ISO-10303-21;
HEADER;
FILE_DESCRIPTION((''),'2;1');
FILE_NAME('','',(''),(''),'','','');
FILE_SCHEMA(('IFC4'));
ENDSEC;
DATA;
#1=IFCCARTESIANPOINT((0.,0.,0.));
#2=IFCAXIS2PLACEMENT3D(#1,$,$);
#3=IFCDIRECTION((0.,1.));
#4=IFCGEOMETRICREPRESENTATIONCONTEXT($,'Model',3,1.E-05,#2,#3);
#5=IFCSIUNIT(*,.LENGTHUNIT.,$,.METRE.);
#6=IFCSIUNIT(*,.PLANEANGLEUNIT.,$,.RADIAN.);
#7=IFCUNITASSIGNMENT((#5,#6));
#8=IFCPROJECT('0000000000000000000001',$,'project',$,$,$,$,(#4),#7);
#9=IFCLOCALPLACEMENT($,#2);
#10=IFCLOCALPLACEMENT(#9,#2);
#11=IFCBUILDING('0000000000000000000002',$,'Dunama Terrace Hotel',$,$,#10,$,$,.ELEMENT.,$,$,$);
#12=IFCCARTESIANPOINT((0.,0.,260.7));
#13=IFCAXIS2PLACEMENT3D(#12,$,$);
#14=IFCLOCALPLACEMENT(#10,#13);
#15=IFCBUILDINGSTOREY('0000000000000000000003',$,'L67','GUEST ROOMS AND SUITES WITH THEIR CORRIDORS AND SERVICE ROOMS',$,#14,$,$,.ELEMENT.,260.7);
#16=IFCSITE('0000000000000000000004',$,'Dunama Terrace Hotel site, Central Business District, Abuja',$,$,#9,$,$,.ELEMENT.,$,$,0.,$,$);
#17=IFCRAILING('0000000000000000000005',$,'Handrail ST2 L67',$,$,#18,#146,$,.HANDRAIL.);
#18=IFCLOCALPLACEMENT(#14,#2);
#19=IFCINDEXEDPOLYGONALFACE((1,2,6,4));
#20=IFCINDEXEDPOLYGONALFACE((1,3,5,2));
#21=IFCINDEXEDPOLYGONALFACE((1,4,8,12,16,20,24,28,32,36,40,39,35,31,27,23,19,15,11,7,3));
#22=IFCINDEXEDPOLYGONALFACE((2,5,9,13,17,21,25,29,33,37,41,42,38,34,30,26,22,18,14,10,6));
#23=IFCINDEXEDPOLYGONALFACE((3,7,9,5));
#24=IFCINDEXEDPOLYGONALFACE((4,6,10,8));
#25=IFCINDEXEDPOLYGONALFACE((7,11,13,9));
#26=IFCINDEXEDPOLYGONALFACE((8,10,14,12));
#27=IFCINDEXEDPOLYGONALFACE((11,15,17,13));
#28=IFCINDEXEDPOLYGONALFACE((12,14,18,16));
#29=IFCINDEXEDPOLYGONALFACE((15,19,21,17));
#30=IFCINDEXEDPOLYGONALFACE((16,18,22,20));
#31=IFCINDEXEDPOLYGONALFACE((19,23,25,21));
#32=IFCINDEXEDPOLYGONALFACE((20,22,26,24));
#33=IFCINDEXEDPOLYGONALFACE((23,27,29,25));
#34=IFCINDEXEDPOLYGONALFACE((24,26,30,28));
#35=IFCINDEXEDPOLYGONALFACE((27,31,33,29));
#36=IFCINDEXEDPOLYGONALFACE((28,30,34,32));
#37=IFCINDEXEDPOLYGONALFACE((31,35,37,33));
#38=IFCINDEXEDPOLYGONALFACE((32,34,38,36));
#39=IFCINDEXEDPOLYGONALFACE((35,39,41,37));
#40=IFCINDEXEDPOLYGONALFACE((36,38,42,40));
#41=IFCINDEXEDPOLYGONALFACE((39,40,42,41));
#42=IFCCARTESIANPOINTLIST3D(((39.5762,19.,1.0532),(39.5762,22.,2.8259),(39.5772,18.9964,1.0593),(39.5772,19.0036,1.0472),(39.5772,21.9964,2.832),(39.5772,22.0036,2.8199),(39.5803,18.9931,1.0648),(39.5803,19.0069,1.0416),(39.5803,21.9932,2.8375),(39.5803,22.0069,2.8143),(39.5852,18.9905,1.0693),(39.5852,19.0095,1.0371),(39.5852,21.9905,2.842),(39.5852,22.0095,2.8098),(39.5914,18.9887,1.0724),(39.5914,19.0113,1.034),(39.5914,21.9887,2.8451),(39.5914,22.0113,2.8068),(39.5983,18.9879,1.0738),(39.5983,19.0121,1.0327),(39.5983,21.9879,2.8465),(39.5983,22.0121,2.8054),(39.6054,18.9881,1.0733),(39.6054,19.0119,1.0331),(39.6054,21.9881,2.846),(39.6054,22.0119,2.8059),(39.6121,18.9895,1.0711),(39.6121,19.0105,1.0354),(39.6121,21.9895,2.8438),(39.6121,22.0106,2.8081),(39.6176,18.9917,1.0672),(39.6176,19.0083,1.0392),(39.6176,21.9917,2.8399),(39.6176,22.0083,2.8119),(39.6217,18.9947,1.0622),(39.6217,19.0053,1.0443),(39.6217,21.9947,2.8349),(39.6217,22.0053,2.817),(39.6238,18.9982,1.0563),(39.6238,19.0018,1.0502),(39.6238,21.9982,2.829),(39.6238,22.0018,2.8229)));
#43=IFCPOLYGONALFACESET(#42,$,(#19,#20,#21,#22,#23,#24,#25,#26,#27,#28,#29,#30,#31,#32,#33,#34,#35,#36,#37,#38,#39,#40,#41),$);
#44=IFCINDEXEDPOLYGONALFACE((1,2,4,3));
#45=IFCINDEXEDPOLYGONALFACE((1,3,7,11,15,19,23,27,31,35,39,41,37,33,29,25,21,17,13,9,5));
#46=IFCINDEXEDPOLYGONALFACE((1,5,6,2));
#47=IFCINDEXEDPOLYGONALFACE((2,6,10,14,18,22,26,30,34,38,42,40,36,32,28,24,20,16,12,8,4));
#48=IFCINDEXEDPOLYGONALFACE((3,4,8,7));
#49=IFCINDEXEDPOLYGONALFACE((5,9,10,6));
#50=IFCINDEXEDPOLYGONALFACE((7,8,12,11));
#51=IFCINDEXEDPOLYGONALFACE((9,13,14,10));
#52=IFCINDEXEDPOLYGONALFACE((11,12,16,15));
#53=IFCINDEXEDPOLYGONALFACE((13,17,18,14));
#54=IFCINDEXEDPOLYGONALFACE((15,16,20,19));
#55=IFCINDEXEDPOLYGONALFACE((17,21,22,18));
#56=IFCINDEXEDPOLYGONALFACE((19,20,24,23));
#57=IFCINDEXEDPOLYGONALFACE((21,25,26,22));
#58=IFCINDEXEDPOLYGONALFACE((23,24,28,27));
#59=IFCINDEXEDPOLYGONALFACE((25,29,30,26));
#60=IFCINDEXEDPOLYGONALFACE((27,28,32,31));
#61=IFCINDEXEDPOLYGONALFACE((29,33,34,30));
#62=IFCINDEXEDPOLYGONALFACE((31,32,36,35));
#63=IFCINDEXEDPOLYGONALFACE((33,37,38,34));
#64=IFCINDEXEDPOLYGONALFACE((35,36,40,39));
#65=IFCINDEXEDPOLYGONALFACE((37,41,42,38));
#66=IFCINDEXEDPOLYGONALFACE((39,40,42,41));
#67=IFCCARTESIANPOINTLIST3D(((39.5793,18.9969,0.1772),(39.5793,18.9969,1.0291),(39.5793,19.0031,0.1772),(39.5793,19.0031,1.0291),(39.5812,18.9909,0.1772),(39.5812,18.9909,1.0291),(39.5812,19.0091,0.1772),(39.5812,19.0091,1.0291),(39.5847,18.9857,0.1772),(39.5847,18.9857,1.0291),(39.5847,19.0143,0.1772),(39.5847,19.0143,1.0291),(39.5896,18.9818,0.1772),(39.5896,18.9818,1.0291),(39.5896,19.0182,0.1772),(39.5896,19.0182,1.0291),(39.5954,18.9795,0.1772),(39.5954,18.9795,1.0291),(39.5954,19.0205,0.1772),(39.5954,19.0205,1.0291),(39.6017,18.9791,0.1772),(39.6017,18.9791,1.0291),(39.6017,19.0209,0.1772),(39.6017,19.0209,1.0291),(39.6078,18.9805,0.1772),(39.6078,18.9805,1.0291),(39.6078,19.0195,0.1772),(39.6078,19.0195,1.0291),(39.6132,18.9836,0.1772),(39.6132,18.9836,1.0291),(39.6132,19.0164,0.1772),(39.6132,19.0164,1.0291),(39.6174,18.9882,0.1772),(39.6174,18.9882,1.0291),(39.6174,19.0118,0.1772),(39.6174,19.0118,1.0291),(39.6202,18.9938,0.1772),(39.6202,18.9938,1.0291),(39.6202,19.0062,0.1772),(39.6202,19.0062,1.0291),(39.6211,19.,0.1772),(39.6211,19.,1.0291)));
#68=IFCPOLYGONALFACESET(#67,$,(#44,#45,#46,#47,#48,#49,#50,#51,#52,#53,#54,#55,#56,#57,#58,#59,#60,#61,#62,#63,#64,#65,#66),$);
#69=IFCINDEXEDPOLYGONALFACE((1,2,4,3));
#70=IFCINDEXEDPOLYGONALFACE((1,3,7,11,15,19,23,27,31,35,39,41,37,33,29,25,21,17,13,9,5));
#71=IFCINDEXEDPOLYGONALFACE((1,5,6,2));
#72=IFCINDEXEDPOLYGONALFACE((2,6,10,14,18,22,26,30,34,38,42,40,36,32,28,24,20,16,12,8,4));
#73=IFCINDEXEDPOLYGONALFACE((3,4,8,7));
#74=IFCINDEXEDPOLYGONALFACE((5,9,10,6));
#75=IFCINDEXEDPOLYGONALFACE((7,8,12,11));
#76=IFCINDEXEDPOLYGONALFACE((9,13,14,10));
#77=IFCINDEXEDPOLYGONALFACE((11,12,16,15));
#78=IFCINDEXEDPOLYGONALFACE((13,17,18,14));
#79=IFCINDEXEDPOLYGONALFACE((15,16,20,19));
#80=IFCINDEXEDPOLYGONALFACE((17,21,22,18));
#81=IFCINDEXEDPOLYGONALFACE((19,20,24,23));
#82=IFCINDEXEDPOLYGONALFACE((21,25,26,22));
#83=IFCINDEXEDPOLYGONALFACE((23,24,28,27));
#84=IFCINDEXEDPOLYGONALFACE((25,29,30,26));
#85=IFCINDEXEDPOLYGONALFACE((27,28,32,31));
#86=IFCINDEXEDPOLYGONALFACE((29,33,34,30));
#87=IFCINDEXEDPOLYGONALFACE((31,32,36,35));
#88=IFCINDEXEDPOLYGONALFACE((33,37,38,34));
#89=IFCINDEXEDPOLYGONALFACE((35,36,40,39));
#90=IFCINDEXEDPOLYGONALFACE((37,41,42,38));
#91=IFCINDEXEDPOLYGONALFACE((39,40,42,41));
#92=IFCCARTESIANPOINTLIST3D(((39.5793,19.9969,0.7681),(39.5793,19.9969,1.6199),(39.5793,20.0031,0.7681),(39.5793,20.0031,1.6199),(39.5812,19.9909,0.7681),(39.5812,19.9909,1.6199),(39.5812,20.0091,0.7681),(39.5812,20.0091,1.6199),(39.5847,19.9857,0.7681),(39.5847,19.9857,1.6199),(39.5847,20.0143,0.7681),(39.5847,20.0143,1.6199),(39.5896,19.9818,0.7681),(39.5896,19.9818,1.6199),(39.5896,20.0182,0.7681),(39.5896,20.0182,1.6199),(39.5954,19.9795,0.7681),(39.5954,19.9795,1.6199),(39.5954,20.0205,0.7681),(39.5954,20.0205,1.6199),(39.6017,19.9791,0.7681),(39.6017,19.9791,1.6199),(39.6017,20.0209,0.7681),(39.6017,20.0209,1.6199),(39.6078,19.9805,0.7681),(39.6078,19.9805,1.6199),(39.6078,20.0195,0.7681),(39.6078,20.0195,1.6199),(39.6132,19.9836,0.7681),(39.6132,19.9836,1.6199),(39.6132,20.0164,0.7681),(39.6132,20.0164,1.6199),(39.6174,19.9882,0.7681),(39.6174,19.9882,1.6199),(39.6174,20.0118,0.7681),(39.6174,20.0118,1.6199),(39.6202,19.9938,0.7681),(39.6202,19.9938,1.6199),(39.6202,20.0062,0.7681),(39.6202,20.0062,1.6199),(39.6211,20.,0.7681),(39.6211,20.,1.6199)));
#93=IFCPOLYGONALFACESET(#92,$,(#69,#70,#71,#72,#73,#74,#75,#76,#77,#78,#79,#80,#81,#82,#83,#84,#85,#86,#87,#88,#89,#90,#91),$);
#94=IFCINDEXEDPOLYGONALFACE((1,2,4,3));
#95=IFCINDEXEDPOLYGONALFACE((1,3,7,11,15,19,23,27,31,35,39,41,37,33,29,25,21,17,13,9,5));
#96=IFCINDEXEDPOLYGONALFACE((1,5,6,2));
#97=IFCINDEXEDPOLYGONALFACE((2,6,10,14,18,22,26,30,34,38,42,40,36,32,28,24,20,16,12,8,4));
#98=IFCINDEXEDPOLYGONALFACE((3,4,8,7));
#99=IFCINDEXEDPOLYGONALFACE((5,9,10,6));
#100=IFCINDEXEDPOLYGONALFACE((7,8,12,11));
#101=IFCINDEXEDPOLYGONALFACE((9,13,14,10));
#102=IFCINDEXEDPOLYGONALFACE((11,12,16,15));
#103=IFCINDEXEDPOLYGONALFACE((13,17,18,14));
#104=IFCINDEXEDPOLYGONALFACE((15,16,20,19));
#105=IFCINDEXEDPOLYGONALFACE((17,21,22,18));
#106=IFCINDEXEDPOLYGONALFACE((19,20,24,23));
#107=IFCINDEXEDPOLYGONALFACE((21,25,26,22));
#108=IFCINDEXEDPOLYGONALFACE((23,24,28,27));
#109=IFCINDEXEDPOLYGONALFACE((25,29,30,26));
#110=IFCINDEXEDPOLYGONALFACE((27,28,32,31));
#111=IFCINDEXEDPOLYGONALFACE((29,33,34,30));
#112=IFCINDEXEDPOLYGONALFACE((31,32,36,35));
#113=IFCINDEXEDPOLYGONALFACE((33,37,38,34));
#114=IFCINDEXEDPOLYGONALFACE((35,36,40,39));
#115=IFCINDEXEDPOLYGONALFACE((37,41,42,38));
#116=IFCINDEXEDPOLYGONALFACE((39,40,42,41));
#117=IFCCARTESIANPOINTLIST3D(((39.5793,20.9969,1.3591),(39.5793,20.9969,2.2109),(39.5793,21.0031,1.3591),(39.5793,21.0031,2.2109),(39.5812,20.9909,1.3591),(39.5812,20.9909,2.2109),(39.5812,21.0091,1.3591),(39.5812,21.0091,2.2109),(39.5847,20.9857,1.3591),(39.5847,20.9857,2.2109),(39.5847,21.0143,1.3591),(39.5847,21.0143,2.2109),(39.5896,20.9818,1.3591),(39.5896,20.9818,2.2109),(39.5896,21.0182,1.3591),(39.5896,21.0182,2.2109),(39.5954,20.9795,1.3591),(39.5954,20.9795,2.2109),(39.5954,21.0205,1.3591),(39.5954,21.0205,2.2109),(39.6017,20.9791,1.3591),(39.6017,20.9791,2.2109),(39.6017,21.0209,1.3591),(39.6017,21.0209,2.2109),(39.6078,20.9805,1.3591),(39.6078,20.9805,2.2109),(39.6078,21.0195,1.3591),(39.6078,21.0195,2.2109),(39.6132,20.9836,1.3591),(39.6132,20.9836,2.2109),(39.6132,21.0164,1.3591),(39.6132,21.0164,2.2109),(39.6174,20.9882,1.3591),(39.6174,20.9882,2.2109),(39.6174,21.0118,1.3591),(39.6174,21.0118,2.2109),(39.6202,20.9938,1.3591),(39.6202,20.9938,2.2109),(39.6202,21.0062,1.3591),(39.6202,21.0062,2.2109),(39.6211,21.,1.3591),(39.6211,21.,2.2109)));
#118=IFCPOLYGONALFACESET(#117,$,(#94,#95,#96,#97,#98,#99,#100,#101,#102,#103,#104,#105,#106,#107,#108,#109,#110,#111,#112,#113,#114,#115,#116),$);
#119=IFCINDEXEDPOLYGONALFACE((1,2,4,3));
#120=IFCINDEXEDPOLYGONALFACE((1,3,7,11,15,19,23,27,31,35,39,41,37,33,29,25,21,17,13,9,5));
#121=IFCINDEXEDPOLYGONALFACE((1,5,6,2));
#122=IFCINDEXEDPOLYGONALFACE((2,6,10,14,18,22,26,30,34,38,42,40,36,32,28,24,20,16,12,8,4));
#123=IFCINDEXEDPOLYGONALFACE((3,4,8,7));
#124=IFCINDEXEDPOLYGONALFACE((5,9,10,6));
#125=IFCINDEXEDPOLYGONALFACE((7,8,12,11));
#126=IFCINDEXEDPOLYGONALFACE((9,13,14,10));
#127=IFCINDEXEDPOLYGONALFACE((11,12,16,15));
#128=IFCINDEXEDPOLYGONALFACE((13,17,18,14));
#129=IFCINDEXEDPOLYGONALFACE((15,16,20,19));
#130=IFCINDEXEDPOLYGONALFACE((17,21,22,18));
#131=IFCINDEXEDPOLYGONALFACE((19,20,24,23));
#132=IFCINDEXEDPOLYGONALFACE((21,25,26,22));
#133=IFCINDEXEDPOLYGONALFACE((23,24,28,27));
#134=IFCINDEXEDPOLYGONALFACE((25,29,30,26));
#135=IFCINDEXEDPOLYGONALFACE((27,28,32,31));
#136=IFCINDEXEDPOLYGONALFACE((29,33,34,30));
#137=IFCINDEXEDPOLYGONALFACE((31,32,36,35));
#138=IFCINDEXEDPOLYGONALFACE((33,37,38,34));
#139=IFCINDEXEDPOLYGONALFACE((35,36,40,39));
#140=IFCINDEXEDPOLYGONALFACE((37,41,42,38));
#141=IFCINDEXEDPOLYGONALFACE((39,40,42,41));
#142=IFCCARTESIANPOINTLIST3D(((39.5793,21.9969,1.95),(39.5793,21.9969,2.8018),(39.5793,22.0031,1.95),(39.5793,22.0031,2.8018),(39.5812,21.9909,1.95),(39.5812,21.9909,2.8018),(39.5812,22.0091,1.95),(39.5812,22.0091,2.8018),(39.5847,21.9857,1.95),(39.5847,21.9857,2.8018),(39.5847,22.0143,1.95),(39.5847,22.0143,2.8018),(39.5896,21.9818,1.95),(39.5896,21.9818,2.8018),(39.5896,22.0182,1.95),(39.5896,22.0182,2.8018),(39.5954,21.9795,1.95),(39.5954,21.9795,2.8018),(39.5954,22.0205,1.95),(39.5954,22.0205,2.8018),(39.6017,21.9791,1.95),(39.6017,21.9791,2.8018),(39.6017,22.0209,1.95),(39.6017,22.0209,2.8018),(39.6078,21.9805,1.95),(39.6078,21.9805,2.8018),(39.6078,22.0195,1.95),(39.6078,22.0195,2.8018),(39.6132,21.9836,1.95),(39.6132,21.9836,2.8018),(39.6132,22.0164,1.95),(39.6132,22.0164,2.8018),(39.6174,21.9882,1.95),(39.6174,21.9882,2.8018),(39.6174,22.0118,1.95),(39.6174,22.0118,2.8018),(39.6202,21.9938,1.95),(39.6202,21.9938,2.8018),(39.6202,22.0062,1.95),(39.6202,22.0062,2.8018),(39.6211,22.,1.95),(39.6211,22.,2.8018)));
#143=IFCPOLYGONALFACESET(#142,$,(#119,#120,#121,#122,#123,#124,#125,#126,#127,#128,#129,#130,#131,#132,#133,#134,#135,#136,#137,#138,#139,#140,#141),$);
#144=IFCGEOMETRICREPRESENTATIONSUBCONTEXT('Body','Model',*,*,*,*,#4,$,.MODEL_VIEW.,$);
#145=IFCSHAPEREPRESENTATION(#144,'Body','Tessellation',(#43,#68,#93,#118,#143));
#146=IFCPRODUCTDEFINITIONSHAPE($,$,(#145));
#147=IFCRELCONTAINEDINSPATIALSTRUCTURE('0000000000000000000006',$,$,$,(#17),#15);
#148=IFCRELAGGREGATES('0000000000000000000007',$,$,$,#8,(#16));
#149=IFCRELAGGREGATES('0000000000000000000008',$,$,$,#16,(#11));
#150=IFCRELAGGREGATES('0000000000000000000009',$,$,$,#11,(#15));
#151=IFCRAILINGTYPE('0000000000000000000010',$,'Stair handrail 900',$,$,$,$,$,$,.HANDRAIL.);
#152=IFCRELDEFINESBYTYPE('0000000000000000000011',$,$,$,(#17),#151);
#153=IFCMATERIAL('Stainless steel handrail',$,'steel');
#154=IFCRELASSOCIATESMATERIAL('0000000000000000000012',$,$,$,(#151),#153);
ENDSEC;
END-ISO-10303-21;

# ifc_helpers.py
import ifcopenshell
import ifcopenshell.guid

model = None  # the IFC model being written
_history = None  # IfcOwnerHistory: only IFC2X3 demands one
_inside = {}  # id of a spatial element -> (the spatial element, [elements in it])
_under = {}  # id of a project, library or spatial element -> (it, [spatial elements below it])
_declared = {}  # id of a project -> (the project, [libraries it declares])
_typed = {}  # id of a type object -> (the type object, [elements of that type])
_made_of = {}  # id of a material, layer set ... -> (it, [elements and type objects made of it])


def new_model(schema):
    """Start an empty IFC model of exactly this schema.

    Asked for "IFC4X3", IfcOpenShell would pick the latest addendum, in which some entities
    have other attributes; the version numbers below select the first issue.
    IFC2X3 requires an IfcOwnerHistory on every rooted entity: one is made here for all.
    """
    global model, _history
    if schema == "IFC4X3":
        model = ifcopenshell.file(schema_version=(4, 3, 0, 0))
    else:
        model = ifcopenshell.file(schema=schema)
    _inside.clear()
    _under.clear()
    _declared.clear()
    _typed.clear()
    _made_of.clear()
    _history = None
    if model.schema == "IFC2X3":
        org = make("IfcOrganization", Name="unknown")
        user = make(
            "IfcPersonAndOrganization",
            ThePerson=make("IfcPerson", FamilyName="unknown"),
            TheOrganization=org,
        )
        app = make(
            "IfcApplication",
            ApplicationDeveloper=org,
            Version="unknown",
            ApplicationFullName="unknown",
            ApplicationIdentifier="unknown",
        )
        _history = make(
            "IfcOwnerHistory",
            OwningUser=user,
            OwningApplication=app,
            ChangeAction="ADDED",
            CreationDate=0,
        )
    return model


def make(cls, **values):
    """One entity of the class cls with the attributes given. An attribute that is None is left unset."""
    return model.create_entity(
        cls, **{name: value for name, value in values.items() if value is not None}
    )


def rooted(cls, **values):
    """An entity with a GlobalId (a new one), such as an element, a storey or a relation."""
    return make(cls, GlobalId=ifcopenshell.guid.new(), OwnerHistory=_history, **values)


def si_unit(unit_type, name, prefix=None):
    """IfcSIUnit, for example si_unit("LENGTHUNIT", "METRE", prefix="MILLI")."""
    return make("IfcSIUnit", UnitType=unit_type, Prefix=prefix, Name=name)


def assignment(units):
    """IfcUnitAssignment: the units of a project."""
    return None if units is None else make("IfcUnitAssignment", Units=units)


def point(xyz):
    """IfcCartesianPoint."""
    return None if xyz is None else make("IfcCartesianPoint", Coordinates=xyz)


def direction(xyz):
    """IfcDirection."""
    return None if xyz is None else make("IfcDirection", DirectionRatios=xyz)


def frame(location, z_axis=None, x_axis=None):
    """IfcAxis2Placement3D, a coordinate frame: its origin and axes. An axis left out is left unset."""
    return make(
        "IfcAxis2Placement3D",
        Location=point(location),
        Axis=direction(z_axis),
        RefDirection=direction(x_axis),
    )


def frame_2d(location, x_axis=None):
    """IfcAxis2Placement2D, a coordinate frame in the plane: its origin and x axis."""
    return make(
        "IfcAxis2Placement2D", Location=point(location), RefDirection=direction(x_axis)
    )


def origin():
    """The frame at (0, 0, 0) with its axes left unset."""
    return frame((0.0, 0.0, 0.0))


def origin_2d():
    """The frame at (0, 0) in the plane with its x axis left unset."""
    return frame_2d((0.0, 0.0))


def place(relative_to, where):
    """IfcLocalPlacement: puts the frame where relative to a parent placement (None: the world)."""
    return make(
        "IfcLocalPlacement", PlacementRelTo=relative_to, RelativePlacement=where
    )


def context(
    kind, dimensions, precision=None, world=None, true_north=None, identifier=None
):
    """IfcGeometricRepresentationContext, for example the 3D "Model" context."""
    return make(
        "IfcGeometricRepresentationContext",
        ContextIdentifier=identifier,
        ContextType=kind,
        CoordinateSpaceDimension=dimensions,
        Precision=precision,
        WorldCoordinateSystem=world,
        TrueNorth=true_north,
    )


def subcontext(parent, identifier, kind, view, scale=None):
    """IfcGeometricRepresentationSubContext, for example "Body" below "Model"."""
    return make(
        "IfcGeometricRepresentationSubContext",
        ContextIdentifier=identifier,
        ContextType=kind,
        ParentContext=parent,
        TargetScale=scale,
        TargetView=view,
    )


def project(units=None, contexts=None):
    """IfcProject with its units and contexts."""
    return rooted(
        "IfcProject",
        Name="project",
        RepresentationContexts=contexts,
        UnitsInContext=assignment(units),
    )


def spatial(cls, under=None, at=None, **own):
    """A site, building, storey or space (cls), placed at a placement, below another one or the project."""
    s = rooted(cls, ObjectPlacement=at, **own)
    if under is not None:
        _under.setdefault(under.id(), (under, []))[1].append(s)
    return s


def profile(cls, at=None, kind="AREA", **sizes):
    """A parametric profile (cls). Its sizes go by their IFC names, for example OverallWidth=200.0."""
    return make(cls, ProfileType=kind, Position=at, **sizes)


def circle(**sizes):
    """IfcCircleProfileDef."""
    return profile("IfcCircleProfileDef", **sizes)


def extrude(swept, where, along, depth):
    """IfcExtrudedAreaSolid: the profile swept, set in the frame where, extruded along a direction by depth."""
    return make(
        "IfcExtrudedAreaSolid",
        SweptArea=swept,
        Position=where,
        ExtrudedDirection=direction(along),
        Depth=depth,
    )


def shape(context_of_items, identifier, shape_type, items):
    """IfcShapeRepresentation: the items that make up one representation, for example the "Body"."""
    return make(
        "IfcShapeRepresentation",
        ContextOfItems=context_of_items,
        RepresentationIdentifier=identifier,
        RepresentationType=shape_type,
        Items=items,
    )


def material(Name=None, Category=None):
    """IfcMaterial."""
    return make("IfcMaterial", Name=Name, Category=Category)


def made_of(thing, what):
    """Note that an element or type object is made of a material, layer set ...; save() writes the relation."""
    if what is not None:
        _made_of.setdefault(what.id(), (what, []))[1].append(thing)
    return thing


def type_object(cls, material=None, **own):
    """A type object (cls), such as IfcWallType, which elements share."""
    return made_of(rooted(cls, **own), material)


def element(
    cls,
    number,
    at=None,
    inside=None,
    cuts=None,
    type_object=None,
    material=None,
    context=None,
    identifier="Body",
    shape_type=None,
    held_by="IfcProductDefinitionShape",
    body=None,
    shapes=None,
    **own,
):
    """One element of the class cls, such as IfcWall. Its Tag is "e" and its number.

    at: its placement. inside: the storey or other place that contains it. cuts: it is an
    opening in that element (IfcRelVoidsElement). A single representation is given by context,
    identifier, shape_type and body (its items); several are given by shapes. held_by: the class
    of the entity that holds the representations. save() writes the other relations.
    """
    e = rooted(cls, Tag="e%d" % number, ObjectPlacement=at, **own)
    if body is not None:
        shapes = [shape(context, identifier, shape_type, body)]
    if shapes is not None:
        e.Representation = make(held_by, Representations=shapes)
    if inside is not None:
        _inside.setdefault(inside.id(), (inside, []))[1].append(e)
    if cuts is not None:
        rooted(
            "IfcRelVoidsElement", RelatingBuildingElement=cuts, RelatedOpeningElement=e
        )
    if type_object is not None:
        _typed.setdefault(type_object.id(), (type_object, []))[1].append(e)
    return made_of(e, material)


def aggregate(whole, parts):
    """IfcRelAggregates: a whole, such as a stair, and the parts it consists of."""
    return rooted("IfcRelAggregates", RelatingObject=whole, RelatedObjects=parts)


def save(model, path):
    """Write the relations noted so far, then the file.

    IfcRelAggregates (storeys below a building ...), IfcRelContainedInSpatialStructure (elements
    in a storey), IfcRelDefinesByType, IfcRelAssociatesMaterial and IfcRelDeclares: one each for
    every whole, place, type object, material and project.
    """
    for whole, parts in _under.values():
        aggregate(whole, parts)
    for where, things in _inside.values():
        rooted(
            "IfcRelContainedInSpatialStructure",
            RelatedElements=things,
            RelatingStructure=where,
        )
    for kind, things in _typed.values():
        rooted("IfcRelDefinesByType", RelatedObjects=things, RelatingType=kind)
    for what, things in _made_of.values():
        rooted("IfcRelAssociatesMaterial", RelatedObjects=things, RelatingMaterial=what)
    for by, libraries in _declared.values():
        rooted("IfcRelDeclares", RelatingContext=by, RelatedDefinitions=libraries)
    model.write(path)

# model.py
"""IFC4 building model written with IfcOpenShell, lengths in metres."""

from ifc_helpers import new_model, si_unit, direction, frame, origin, origin_2d, place, context, subcontext, project, spatial, circle, extrude, material, type_object, element, save


model = new_model("IFC4")

# Units and contexts
model_context = context("Model", 3, precision=1e-05, world=origin(), true_north=direction((0.0, 1.0)))
body_context = subcontext(model_context, "Body", "Model", "MODEL_VIEW")
ifc_project = project(units=[si_unit("LENGTHUNIT", "METRE"), si_unit("PLANEANGLEUNIT", "RADIAN")], contexts=[model_context])

# Site, building, storey
site_placement = place(None, origin())
site = spatial("IfcSite", under=ifc_project, at=site_placement, Name="Dunama Terrace Hotel site, Central Business District, Abuja", CompositionType="ELEMENT", RefElevation=0.0)
building_placement = place(site_placement, origin())
building = spatial("IfcBuilding", under=site, at=building_placement, Name="Dunama Terrace Hotel", CompositionType="ELEMENT")
storey_placement = place(building_placement, frame((0.0, 0.0, 260.7)))
storey = spatial("IfcBuildingStorey", under=building, at=storey_placement, Name="L67", Description="GUEST ROOMS AND SUITES WITH THEIR CORRIDORS AND SERVICE ROOMS", CompositionType="ELEMENT", Elevation=260.7)

# Railing
ifc_material_1 = material(Name="Stainless steel handrail", Category="steel")
railing_type_1 = type_object("IfcRailingType", Name="Stair handrail 900", PredefinedType="HANDRAIL", material=ifc_material_1)
railing_1_placement = place(storey_placement, frame((39.6001, 19.0, 0.1772)))
element("IfcRailing", 1, at=railing_1_placement, inside=storey, type_object=railing_type_1, Name="Handrail ST2 L67", PredefinedType="HANDRAIL", context=body_context, shape_type="SweptSolid", body=[
    extrude(circle(Radius=0.0239, at=origin_2d()), frame((0.0, 0.0, 0.876), z_axis=(0.0, 0.860929, 0.508725), x_axis=(-1.0, 0.0, 0.0)), (0.0, 0.0, 1.0), 3.4846),
    extrude(circle(Radius=0.021, at=origin_2d()), origin(), (0.0, 0.0, 1.0), 0.8518),
    extrude(circle(Radius=0.021, at=origin_2d()), frame((0.0, 1.0, 0.5908)), (0.0, 0.0, 1.0), 0.8518),
    extrude(circle(Radius=0.021, at=origin_2d()), frame((0.0, 2.0, 1.1819)), (0.0, 0.0, 1.0), 0.8518),
    extrude(circle(Radius=0.021, at=origin_2d()), frame((0.0, 3.0, 1.7727)), (0.0, 0.0, 1.0), 0.8518),
])

save(model, "model.ifc")
